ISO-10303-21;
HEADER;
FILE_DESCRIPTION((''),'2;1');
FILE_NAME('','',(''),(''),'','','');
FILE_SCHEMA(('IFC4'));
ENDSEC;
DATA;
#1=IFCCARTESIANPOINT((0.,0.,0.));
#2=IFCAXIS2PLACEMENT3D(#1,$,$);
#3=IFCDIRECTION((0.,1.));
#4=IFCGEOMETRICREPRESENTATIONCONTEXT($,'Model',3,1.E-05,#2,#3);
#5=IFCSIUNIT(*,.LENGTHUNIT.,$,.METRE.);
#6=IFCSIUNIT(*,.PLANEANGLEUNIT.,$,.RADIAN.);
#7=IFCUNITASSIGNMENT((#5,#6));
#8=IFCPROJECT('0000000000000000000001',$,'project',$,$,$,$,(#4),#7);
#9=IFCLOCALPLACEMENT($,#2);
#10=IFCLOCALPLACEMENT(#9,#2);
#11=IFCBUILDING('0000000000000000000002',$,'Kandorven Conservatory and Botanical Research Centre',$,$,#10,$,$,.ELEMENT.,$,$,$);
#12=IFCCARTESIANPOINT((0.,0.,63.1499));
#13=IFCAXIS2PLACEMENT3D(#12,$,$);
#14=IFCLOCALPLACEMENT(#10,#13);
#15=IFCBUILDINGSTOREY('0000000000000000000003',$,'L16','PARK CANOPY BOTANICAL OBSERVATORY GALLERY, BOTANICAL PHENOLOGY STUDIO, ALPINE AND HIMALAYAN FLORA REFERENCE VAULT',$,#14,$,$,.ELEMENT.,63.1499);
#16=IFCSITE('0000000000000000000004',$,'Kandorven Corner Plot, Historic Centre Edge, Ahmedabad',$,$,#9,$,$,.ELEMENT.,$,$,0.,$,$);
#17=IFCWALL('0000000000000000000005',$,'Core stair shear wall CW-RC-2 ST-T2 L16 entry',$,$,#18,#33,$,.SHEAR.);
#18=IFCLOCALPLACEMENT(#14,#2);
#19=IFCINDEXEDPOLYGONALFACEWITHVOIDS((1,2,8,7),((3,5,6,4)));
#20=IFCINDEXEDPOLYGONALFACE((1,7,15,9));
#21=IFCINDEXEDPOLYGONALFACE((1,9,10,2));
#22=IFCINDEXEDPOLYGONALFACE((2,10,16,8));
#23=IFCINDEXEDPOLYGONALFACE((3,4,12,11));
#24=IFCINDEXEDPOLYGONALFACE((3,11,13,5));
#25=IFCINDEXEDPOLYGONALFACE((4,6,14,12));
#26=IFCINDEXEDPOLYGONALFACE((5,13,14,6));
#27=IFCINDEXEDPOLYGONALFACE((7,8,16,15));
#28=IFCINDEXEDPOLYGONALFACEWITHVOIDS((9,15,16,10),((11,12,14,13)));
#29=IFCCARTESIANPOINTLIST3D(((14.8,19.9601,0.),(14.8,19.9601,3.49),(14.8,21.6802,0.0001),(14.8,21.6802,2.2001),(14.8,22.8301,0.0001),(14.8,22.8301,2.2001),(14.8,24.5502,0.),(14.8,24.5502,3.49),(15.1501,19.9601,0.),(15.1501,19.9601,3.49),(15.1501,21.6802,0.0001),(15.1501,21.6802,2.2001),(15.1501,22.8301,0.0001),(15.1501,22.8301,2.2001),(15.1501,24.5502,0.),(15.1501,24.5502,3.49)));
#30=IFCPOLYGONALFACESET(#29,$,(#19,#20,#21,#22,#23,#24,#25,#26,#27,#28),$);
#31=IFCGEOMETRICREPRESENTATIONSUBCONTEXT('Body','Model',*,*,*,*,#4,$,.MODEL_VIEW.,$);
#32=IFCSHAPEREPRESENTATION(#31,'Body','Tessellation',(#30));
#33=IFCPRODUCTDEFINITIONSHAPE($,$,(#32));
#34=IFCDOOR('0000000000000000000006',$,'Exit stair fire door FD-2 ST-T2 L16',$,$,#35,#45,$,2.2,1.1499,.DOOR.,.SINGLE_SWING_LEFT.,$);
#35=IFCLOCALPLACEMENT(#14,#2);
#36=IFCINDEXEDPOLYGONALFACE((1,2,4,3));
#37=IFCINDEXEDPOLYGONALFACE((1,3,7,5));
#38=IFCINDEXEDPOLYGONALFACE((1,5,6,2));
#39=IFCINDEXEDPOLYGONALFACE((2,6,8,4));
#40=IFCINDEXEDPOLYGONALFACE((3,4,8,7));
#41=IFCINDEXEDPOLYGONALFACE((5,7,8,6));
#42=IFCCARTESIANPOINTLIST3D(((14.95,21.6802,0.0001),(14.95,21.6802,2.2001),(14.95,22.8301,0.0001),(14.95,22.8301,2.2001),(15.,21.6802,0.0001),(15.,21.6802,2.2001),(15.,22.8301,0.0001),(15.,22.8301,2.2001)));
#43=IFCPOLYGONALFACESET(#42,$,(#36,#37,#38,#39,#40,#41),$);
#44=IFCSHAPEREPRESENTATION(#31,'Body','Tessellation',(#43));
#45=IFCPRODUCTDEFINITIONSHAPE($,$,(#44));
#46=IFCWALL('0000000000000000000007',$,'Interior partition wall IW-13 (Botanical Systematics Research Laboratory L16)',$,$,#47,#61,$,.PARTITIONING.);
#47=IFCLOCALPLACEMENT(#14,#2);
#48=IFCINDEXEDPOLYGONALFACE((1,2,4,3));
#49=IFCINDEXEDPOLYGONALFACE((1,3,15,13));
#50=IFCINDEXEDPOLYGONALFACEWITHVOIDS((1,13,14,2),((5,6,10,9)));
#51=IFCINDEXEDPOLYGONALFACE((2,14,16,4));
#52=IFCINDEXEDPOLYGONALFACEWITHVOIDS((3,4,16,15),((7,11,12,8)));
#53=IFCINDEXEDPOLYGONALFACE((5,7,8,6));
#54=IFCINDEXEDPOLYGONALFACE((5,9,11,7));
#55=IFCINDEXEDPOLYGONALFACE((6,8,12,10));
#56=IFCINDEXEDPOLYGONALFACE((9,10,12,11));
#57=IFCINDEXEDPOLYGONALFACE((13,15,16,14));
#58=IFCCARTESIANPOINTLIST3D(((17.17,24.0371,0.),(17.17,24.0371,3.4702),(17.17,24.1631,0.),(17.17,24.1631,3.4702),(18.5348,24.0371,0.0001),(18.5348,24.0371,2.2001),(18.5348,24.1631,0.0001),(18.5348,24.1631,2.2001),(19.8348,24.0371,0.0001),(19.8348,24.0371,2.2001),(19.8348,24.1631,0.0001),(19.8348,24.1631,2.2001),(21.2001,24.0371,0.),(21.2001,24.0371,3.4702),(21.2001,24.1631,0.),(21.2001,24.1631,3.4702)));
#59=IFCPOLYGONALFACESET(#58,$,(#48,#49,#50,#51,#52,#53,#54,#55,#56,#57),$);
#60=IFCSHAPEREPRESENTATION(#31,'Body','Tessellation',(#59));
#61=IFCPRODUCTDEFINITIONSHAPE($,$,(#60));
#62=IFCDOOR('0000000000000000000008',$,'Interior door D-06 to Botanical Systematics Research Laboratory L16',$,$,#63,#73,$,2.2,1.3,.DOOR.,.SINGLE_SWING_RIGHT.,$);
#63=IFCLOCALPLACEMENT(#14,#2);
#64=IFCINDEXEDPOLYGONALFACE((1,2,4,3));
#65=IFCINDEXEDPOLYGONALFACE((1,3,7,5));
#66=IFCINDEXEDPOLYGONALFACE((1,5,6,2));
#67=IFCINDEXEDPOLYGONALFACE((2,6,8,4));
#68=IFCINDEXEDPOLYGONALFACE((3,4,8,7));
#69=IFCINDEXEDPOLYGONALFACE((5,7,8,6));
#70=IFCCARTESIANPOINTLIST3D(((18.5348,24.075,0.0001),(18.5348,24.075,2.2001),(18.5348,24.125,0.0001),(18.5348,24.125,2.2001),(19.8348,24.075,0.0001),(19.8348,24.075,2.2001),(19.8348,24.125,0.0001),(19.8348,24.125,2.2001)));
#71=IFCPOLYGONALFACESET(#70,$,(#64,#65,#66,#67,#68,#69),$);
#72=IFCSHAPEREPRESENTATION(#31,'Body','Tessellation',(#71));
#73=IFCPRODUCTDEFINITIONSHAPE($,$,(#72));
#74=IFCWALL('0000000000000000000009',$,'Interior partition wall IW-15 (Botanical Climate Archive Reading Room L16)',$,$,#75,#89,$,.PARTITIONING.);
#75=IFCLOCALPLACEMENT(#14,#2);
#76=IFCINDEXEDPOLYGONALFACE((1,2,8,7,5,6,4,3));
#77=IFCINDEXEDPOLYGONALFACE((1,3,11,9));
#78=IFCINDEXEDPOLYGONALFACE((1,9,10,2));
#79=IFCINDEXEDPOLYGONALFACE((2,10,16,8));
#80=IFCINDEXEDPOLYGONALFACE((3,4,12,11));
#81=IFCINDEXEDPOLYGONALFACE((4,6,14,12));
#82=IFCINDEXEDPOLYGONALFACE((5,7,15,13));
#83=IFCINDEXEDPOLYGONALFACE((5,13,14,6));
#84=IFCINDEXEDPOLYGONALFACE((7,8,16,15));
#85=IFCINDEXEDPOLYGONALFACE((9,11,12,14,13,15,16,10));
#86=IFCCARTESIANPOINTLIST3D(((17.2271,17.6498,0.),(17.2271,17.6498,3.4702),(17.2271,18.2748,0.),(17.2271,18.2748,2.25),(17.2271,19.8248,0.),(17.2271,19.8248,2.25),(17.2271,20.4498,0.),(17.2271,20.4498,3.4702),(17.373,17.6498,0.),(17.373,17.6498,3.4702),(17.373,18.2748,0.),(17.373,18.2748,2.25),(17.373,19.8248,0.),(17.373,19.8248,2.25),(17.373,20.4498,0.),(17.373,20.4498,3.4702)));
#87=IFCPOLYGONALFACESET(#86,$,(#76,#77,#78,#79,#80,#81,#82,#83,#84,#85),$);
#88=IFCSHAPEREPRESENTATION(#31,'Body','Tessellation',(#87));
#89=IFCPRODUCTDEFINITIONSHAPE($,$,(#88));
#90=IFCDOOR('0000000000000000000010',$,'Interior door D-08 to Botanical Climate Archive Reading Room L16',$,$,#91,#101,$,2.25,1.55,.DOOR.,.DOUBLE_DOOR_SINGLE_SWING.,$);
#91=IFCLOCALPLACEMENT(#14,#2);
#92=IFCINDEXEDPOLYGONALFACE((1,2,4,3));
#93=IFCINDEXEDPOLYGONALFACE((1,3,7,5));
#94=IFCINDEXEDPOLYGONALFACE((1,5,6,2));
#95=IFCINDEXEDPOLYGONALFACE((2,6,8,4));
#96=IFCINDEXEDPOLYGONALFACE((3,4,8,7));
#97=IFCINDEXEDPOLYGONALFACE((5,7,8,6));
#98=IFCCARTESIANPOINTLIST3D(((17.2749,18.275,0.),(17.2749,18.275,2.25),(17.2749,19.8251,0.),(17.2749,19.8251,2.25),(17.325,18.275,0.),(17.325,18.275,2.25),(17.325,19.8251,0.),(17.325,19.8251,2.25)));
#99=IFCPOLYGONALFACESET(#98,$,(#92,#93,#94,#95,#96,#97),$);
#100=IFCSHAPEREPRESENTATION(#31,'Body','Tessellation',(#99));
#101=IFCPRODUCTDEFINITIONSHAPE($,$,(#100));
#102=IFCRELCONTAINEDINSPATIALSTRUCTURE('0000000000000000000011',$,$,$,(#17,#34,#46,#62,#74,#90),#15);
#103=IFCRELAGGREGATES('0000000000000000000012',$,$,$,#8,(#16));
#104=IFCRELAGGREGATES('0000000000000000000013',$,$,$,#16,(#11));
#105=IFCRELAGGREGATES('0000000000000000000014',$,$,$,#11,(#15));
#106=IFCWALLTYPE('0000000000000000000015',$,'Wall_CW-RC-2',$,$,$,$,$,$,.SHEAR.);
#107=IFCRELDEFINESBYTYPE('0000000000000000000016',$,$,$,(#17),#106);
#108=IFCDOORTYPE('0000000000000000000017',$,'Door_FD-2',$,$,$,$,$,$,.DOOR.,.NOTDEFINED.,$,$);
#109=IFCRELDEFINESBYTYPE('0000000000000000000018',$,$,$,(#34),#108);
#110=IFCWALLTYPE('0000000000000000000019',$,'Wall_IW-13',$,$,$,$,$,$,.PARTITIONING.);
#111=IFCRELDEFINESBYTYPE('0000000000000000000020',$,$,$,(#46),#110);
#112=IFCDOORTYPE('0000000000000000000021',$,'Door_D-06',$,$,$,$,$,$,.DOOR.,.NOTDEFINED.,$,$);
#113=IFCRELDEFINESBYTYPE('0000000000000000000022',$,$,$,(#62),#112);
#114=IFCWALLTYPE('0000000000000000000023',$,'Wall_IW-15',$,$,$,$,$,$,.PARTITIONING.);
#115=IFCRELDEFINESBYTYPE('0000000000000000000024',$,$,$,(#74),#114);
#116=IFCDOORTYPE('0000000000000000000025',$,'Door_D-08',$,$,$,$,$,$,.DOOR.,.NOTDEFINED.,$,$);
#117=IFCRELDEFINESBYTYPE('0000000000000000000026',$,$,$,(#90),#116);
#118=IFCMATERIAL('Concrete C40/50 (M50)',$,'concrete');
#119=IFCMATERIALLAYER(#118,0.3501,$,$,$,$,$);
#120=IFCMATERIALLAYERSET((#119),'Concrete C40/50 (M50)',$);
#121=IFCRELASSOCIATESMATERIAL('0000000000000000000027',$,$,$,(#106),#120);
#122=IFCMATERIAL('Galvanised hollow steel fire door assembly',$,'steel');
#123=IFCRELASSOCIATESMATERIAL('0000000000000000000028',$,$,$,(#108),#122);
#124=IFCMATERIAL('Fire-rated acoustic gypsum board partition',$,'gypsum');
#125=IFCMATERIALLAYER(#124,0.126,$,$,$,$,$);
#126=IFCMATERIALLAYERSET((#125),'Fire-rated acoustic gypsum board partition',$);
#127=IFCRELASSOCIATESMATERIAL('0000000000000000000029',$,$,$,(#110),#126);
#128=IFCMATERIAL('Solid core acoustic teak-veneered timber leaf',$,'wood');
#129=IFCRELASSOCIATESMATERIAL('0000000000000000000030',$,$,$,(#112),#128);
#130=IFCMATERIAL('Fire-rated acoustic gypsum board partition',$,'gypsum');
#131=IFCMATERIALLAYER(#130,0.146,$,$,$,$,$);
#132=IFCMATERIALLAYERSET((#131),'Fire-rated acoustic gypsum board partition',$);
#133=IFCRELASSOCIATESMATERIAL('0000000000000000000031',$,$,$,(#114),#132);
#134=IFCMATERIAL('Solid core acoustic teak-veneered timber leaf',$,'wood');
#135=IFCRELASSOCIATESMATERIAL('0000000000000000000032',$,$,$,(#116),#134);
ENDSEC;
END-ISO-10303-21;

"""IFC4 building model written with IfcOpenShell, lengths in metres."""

from ifc_helpers import new_model, si_unit, direction, frame, frame_2d, origin, place, context, subcontext, project, spatial, rectangle, extrude, material, layer, layer_set, type_object, element, fill, save


model = new_model("IFC4")

# Units and contexts
model_context = context("Model", 3, precision=1e-05, world=origin(), true_north=direction((0.0, 1.0)))
body_context = subcontext(model_context, "Body", "Model", "MODEL_VIEW")
ifc_project = project(units=[si_unit("LENGTHUNIT", "METRE"), si_unit("PLANEANGLEUNIT", "RADIAN")], contexts=[model_context])

# Site, building, storey
site_placement = place(None, origin())
site = spatial("IfcSite", under=ifc_project, at=site_placement, Name="Kandorven Corner Plot, Historic Centre Edge, Ahmedabad", CompositionType="ELEMENT", RefElevation=0.0)
building_placement = place(site_placement, origin())
building = spatial("IfcBuilding", under=site, at=building_placement, Name="Kandorven Conservatory and Botanical Research Centre", CompositionType="ELEMENT")
storey_placement = place(building_placement, frame((0.0, 0.0, 63.1499)))
storey = spatial("IfcBuildingStorey", under=building, at=storey_placement, Name="L16", Description="PARK CANOPY BOTANICAL OBSERVATORY GALLERY, BOTANICAL PHENOLOGY STUDIO, ALPINE AND HIMALAYAN FLORA REFERENCE VAULT", CompositionType="ELEMENT", Elevation=63.1499)

# Walls, openings, doors
ifc_material_1 = material(Name="Concrete C40/50 (M50)", Category="concrete")
ifc_layer_1 = layer(ifc_material_1, 0.3501)
ifc_layer_set_1 = layer_set([ifc_layer_1], Name="Concrete C40/50 (M50)")
wall_type_1 = type_object("IfcWallType", Name="Wall_CW-RC-2", PredefinedType="SHEAR", material=ifc_layer_set_1)
wall_1_placement = place(storey_placement, frame((14.9751, 24.55, 0.0), z_axis=(0.0, 0.0, 1.0), x_axis=(0.0, -1.0, 0.0)))
wall_1 = element("IfcWall", 1, at=wall_1_placement, inside=storey, type_object=wall_type_1, Name="Core stair shear wall CW-RC-2 ST-T2 L16 entry", PredefinedType="SHEAR", context=body_context, shape_type="SweptSolid", body=[
    extrude(rectangle(XDim=4.5901, YDim=0.3501, at=frame_2d((2.2949, 0.0))), origin(), (0.0, 0.0, 1.0), 3.49),
])
opening_1_placement = place(wall_1_placement, frame((1.72, 0.0, 0.0)))
opening_1 = element("IfcOpeningElement", 2, at=opening_1_placement, cuts=wall_1, PredefinedType="OPENING", context=body_context, shape_type="SweptSolid", body=[
    extrude(rectangle(XDim=1.1499, YDim=2.2, at=frame_2d((0.575, 1.1001))), frame((0.0, 0.1851, 0.0), z_axis=(0.0, -1.0, 0.0), x_axis=(1.0, 0.0, 0.0)), (0.0, 0.0, 1.0), 0.3701),
])
ifc_material_2 = material(Name="Galvanised hollow steel fire door assembly", Category="steel")
door_type_1 = type_object("IfcDoorType", Name="Door_FD-2", OperationType="NOTDEFINED", PredefinedType="DOOR", material=ifc_material_2)
door_1_placement = place(opening_1_placement, origin())
door_1 = element("IfcDoor", 3, at=door_1_placement, inside=storey, type_object=door_type_1, Name="Exit stair fire door FD-2 ST-T2 L16", OperationType="SINGLE_SWING_LEFT", OverallHeight=2.2, OverallWidth=1.1499, PredefinedType="DOOR", context=body_context, shape_type="SweptSolid", body=[
    extrude(rectangle(XDim=1.1499, YDim=2.2, at=frame_2d((0.575, 1.1001))), frame((0.0, 0.0249, 0.0), z_axis=(0.0, -1.0, 0.0), x_axis=(1.0, 0.0, 0.0)), (0.0, 0.0, 1.0), 0.05),
])
fill(opening_1, door_1)
ifc_material_3 = material(Name="Fire-rated acoustic gypsum board partition", Category="gypsum")
ifc_layer_2 = layer(ifc_material_3, 0.126)
ifc_layer_set_2 = layer_set([ifc_layer_2], Name="Fire-rated acoustic gypsum board partition")
wall_type_2 = type_object("IfcWallType", Name="Wall_IW-13", PredefinedType="PARTITIONING", material=ifc_layer_set_2)
wall_2_placement = place(storey_placement, frame((17.1699, 24.1001, 0.0), z_axis=(0.0, 0.0, 1.0), x_axis=(1.0, 0.0, 0.0)))
wall_2 = element("IfcWall", 4, at=wall_2_placement, inside=storey, type_object=wall_type_2, Name="Interior partition wall IW-13 (Botanical Systematics Research Laboratory L16)", PredefinedType="PARTITIONING", context=body_context, shape_type="SweptSolid", body=[
    extrude(rectangle(XDim=4.03, YDim=0.126, at=frame_2d((2.0151, 0.0))), origin(), (0.0, 0.0, 1.0), 3.4702),
])
opening_2_placement = place(wall_2_placement, frame((1.365, 0.0, 0.0)))
opening_2 = element("IfcOpeningElement", 5, at=opening_2_placement, cuts=wall_2, PredefinedType="OPENING", context=body_context, shape_type="SweptSolid", body=[
    extrude(rectangle(XDim=1.3, YDim=2.2, at=frame_2d((0.6499, 1.1001))), frame((0.0, 0.073, 0.0), z_axis=(0.0, -1.0, 0.0), x_axis=(1.0, 0.0, 0.0)), (0.0, 0.0, 1.0), 0.146),
])
ifc_material_4 = material(Name="Solid core acoustic teak-veneered timber leaf", Category="wood")
door_type_2 = type_object("IfcDoorType", Name="Door_D-06", OperationType="NOTDEFINED", PredefinedType="DOOR", material=ifc_material_4)
door_2_placement = place(opening_2_placement, origin())
door_2 = element("IfcDoor", 6, at=door_2_placement, inside=storey, type_object=door_type_2, Name="Interior door D-06 to Botanical Systematics Research Laboratory L16", OperationType="SINGLE_SWING_RIGHT", OverallHeight=2.2, OverallWidth=1.3, PredefinedType="DOOR", context=body_context, shape_type="SweptSolid", body=[
    extrude(rectangle(XDim=1.3, YDim=2.2, at=frame_2d((0.6499, 1.1001))), frame((0.0, 0.0249, 0.0), z_axis=(0.0, -1.0, 0.0), x_axis=(1.0, 0.0, 0.0)), (0.0, 0.0, 1.0), 0.05),
])
fill(opening_2, door_2)
ifc_material_5 = material(Name="Fire-rated acoustic gypsum board partition", Category="gypsum")
ifc_layer_3 = layer(ifc_material_5, 0.146)
ifc_layer_set_3 = layer_set([ifc_layer_3], Name="Fire-rated acoustic gypsum board partition")
wall_type_3 = type_object("IfcWallType", Name="Wall_IW-15", PredefinedType="PARTITIONING", material=ifc_layer_set_3)
wall_3_placement = place(storey_placement, frame((17.3, 17.6499, 0.0), z_axis=(0.0, 0.0, 1.0), x_axis=(0.0, 1.0, 0.0)))
wall_3 = element("IfcWall", 7, at=wall_3_placement, inside=storey, type_object=wall_type_3, Name="Interior partition wall IW-15 (Botanical Climate Archive Reading Room L16)", PredefinedType="PARTITIONING", context=body_context, shape_type="SweptSolid", body=[
    extrude(rectangle(XDim=2.8, YDim=0.146, at=frame_2d((1.3999, 0.0))), origin(), (0.0, 0.0, 1.0), 3.4702),
])
opening_3_placement = place(wall_3_placement, frame((0.625, 0.0, 0.0)))
opening_3 = element("IfcOpeningElement", 8, at=opening_3_placement, cuts=wall_3, PredefinedType="OPENING", context=body_context, shape_type="SweptSolid", body=[
    extrude(rectangle(XDim=1.55, YDim=2.25, at=frame_2d((0.7749, 1.125))), frame((0.0, 0.083, 0.0), z_axis=(0.0, -1.0, 0.0), x_axis=(1.0, 0.0, 0.0)), (0.0, 0.0, 1.0), 0.166),
])
ifc_material_6 = material(Name="Solid core acoustic teak-veneered timber leaf", Category="wood")
door_type_3 = type_object("IfcDoorType", Name="Door_D-08", OperationType="NOTDEFINED", PredefinedType="DOOR", material=ifc_material_6)
door_3_placement = place(opening_3_placement, frame((1.55, 0.0, 0.0), z_axis=(0.0, 0.0, 1.0), x_axis=(-1.0, 0.0, 0.0)))
door_3 = element("IfcDoor", 9, at=door_3_placement, inside=storey, type_object=door_type_3, Name="Interior door D-08 to Botanical Climate Archive Reading Room L16", OperationType="DOUBLE_DOOR_SINGLE_SWING", OverallHeight=2.25, OverallWidth=1.55, PredefinedType="DOOR", context=body_context, shape_type="SweptSolid", body=[
    extrude(rectangle(XDim=1.55, YDim=2.25, at=frame_2d((0.7749, 1.125))), frame((0.0, 0.0249, 0.0), z_axis=(0.0, -1.0, 0.0), x_axis=(1.0, 0.0, 0.0)), (0.0, 0.0, 1.0), 0.05),
])
fill(opening_3, door_3)

save(model, "model.ifc")
